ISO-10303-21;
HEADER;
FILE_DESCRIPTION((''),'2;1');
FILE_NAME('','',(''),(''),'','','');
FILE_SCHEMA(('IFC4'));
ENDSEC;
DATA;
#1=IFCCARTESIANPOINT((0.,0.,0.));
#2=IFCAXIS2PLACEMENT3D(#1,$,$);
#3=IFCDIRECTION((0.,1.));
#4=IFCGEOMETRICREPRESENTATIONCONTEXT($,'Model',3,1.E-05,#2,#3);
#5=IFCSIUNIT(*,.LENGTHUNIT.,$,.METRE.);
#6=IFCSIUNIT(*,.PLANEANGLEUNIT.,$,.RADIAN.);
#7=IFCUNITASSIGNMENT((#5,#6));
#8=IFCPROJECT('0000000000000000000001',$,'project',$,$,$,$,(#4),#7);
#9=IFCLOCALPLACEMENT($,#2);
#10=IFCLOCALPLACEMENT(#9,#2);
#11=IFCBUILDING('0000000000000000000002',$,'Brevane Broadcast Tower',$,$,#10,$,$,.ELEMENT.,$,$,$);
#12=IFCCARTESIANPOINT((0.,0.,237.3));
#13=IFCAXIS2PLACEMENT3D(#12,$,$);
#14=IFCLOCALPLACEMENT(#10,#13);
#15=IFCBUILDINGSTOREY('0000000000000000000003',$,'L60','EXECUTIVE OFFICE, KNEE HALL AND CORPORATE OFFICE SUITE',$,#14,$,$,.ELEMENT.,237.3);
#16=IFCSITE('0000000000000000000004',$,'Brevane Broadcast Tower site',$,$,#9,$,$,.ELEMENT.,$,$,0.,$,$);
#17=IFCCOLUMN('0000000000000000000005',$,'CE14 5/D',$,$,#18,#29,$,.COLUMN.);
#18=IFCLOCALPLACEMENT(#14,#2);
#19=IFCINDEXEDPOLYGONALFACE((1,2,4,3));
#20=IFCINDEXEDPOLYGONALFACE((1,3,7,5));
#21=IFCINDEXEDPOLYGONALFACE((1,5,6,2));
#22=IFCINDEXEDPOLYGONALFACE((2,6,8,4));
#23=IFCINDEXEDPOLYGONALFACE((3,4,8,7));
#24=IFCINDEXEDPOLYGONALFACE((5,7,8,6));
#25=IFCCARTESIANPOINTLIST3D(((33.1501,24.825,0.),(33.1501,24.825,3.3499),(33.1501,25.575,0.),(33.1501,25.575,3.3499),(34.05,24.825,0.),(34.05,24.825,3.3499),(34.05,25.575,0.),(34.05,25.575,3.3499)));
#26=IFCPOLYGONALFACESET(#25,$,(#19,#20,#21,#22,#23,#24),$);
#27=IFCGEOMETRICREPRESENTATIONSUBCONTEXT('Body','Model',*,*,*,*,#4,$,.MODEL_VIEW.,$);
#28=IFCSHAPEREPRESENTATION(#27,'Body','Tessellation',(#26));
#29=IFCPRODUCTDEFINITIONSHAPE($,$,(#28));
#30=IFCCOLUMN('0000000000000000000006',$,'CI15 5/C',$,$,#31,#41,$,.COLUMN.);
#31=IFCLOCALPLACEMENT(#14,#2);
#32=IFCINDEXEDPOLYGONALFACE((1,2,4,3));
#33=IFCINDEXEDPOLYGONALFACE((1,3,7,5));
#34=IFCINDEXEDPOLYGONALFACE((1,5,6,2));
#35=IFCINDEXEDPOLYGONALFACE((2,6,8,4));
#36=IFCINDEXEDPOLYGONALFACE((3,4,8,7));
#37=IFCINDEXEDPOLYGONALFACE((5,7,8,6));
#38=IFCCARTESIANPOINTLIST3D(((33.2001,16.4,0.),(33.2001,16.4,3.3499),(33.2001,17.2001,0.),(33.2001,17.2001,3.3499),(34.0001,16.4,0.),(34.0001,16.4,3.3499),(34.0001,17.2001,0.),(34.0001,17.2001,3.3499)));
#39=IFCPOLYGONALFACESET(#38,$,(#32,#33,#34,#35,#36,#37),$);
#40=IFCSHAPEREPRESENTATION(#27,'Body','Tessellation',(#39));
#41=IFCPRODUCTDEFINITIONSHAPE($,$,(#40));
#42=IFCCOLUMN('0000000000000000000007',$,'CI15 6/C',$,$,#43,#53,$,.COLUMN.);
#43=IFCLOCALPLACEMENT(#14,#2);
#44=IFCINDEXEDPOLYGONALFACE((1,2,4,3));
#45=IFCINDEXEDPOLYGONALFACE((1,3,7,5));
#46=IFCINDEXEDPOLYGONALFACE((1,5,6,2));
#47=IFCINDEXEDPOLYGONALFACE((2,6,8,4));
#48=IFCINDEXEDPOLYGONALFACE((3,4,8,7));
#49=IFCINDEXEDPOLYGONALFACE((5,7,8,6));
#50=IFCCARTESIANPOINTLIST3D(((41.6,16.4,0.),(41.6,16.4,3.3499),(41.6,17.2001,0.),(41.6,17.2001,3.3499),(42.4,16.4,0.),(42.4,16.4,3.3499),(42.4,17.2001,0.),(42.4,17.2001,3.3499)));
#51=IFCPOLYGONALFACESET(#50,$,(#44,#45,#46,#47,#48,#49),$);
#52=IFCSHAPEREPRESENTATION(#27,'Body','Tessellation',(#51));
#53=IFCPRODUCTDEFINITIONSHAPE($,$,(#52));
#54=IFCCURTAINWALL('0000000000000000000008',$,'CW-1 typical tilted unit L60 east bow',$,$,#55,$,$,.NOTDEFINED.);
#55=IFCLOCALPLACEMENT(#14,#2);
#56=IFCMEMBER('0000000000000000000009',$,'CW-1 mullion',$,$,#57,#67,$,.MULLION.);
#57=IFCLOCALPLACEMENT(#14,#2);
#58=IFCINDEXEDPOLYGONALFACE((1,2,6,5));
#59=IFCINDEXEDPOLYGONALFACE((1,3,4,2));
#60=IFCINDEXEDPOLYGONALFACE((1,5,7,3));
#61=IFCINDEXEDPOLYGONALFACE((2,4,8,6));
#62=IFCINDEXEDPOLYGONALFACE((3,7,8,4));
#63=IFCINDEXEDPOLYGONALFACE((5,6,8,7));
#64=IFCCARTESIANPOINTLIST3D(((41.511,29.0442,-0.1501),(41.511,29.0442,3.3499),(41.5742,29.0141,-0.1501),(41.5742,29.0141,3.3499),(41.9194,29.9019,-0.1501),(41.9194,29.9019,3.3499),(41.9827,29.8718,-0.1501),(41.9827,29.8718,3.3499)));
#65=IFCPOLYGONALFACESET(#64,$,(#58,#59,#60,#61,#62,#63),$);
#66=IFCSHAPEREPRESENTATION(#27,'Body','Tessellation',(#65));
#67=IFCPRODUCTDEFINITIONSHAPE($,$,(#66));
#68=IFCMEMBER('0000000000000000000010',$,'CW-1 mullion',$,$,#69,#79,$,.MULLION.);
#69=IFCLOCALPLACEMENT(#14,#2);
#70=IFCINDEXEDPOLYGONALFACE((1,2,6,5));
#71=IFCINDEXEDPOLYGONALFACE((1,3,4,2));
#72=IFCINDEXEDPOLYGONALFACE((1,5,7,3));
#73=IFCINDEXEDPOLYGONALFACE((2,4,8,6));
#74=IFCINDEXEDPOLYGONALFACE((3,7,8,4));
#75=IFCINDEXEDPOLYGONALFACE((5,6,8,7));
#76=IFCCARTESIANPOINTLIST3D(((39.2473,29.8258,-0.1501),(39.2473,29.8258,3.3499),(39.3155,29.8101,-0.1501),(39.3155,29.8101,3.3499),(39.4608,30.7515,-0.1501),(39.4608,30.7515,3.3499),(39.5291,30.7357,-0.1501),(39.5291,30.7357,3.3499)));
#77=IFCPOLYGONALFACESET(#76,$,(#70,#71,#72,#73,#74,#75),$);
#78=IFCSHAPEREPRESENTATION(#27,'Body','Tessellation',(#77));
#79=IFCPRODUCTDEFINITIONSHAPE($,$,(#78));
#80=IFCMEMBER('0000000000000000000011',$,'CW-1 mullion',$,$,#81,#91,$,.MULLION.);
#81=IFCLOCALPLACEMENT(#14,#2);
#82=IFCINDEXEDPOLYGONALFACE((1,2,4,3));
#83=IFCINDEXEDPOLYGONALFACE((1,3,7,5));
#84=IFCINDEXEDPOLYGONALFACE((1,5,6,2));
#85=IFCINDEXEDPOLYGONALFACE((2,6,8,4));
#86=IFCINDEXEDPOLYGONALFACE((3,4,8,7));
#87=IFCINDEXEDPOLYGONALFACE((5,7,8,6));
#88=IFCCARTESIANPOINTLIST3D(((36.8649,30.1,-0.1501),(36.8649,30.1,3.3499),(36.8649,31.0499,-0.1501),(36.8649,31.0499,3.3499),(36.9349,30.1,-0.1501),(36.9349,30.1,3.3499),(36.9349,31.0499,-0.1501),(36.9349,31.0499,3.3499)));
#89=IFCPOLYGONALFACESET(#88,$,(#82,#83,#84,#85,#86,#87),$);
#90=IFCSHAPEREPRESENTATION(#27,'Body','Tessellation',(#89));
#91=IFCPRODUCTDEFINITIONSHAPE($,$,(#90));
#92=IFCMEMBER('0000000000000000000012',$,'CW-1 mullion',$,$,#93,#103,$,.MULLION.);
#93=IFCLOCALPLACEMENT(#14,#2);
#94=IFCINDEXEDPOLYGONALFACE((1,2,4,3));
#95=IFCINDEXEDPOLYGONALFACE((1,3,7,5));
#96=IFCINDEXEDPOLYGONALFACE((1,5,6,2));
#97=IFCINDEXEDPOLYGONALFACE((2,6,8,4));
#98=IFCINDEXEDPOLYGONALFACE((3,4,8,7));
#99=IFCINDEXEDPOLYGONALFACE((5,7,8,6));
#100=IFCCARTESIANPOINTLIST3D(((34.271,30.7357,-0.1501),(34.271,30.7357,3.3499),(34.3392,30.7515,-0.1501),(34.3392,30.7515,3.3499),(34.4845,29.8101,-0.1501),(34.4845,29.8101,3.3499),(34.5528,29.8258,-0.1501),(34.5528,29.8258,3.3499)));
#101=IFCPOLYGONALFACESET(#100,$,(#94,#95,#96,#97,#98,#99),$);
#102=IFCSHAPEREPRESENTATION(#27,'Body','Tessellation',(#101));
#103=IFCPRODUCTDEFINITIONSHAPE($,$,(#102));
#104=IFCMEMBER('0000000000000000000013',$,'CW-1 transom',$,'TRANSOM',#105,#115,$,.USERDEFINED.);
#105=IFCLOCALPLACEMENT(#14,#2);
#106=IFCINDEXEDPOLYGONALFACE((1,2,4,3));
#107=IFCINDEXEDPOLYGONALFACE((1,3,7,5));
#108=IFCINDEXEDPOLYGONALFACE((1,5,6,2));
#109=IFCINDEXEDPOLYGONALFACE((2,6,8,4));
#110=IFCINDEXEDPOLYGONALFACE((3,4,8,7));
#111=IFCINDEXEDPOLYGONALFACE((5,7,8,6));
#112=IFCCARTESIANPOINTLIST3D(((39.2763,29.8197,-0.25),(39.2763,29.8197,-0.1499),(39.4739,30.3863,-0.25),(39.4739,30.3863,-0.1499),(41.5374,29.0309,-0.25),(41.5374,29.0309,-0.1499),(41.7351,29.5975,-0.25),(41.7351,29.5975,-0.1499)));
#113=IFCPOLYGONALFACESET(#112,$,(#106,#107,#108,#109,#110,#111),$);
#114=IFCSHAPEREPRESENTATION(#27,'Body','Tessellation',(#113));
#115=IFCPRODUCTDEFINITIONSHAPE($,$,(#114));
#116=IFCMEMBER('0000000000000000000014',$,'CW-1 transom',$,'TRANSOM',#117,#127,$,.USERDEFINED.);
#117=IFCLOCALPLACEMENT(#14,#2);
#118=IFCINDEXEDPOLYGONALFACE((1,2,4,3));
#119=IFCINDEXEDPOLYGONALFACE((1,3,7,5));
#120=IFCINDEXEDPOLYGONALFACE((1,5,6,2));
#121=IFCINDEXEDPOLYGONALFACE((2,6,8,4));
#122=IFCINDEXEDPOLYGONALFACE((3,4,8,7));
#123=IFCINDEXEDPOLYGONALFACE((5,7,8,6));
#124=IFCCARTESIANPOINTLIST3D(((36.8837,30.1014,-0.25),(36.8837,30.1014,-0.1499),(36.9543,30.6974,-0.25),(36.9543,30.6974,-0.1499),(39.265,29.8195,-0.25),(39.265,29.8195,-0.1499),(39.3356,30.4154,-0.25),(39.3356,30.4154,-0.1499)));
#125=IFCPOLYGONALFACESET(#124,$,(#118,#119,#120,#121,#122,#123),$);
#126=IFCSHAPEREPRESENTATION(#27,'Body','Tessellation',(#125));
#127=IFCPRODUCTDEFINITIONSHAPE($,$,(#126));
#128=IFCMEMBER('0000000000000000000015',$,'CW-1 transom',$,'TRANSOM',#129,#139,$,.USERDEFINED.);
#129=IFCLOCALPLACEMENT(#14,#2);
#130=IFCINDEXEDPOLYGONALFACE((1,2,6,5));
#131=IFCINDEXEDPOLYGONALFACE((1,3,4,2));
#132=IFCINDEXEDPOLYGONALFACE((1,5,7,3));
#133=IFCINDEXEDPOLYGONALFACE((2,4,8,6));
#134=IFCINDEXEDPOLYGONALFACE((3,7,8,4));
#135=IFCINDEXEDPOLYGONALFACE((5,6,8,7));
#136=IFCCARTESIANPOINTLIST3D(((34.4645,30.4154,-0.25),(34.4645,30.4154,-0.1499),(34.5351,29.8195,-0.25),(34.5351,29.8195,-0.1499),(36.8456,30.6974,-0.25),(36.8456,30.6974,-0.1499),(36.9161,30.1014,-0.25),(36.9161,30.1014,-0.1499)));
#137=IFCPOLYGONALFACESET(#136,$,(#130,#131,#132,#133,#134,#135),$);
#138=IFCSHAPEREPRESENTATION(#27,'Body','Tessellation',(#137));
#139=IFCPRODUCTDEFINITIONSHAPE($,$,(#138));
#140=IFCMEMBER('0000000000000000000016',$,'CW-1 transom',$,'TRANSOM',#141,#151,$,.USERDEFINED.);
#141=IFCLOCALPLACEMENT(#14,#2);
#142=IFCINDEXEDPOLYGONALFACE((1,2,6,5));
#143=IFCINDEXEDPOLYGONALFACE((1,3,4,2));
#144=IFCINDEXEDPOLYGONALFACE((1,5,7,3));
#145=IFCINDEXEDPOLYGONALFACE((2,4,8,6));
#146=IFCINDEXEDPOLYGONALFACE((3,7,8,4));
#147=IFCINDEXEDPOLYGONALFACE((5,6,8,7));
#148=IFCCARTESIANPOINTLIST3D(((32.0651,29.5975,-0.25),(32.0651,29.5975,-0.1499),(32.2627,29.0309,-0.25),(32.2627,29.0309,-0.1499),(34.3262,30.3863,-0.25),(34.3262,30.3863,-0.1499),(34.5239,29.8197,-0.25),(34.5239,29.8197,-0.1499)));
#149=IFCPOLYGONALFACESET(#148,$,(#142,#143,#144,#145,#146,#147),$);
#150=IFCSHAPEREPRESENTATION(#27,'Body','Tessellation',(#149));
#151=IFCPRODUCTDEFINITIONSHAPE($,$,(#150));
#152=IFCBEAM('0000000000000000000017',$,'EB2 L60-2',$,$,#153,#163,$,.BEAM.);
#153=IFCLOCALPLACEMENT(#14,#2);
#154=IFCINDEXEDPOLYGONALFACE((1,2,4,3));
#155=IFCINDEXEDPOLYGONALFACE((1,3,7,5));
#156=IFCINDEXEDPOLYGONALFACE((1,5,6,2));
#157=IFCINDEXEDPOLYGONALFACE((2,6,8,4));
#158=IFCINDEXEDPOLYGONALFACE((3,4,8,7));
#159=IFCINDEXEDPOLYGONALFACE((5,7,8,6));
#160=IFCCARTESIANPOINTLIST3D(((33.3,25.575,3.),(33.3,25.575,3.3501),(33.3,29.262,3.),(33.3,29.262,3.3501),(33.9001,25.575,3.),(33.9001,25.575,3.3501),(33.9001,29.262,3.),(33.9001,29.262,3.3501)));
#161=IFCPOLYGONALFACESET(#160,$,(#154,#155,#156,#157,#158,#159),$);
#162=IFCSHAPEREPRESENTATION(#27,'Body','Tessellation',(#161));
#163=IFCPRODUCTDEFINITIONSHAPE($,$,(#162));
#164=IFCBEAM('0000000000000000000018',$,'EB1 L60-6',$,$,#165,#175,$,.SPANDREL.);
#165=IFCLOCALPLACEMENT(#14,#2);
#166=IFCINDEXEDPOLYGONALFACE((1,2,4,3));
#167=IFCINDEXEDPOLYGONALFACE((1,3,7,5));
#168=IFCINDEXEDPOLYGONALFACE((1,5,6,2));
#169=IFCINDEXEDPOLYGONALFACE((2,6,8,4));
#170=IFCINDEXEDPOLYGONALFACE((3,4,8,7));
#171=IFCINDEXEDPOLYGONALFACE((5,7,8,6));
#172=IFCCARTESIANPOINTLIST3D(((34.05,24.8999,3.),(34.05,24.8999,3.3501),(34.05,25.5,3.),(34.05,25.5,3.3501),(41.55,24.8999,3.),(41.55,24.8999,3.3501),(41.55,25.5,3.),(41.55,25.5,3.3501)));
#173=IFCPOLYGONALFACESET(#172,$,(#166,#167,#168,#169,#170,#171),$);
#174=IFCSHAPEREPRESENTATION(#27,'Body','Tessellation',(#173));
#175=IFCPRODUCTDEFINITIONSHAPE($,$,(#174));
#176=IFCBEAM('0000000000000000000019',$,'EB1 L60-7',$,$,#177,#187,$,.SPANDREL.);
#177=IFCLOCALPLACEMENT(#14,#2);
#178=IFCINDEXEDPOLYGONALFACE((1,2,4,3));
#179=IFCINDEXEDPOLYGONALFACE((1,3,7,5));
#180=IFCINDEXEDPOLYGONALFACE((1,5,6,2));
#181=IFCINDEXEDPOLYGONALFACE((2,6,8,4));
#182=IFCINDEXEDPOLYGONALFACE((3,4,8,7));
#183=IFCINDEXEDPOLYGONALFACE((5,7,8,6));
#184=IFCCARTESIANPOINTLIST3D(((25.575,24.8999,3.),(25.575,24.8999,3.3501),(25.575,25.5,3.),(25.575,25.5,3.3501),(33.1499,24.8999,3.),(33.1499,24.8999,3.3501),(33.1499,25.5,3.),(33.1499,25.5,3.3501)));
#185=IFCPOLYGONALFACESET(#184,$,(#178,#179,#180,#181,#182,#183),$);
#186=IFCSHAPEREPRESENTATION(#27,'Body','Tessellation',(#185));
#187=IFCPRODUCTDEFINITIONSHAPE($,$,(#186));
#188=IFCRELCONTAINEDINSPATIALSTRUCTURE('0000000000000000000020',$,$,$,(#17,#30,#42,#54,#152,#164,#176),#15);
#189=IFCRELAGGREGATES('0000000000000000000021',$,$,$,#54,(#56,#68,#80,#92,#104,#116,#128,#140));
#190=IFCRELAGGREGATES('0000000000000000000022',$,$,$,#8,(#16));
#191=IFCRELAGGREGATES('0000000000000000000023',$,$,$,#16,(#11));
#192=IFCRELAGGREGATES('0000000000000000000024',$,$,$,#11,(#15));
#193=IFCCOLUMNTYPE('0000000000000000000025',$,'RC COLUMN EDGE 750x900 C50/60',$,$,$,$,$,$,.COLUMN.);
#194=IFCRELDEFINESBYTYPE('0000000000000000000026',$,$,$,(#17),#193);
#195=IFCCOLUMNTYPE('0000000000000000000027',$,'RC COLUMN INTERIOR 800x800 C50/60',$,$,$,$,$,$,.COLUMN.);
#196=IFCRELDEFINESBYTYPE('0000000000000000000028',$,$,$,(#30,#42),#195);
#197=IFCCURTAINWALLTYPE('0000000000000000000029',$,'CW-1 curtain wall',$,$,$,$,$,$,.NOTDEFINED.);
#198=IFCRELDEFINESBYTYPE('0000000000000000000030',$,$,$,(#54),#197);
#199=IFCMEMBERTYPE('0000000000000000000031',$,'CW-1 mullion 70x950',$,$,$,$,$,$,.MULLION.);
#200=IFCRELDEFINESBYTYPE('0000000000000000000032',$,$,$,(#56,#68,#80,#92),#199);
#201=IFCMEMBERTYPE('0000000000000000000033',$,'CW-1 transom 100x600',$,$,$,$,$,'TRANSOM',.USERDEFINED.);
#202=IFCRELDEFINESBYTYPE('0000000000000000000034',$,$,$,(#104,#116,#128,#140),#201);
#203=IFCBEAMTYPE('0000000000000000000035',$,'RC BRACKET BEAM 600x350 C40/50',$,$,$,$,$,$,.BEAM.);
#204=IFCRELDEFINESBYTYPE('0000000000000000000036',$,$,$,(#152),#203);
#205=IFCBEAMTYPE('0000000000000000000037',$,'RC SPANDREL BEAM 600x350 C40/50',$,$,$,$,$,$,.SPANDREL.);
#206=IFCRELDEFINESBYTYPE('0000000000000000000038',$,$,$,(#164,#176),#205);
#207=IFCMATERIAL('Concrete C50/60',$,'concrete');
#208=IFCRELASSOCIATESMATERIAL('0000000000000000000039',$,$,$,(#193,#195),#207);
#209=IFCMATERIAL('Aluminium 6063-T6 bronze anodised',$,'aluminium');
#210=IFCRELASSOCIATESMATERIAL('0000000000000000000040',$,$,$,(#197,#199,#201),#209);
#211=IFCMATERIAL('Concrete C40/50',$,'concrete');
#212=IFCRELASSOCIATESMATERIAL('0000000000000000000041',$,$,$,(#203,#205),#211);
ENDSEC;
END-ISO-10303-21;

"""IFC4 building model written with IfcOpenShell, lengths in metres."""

from ifc_helpers import new_model, si_unit, direction, frame, origin, origin_2d, place, context, subcontext, project, spatial, rectangle, extrude, material, material_profile, profile_set, type_object, element, aggregate, save


model = new_model("IFC4")

# Units and contexts
model_context = context("Model", 3, precision=1e-05, world=origin(), true_north=direction((0.0, 1.0)))
body_context = subcontext(model_context, "Body", "Model", "MODEL_VIEW")
ifc_project = project(units=[si_unit("LENGTHUNIT", "METRE"), si_unit("PLANEANGLEUNIT", "RADIAN")], contexts=[model_context])

# Site, building, storey
site_placement = place(None, origin())
site = spatial("IfcSite", under=ifc_project, at=site_placement, Name="Brevane Broadcast Tower site", CompositionType="ELEMENT", RefElevation=0.0)
building_placement = place(site_placement, origin())
building = spatial("IfcBuilding", under=site, at=building_placement, Name="Brevane Broadcast Tower", CompositionType="ELEMENT")
storey_placement = place(building_placement, frame((0.0, 0.0, 237.3)))
storey = spatial("IfcBuildingStorey", under=building, at=storey_placement, Name="L60", Description="EXECUTIVE OFFICE, KNEE HALL AND CORPORATE OFFICE SUITE", CompositionType="ELEMENT", Elevation=237.3)

# Columns
ifc_material_1 = material(Name="Concrete C50/60", Category="concrete")
ifc_material_profile_1 = material_profile(ifc_material_1, rectangle(XDim=0.75, YDim=0.8999, at=origin_2d()), Name="RC 750x900")
ifc_profile_set_1 = profile_set([ifc_material_profile_1], Name="Concrete C50/60")
column_type_1 = type_object("IfcColumnType", Name="RC COLUMN EDGE 750x900 C50/60", PredefinedType="COLUMN", material=ifc_profile_set_1)
column_placement = place(storey_placement, frame((33.6001, 25.2, 0.0), z_axis=(0.0, 0.0, 1.0), x_axis=(0.0, 1.0, 0.0)))
element("IfcColumn", 1, at=column_placement, inside=storey, type_object=column_type_1, Name="CE14 5/D", PredefinedType="COLUMN", context=body_context, shape_type="SweptSolid", body=[
    extrude(rectangle(XDim=0.75, YDim=0.8999, at=origin_2d()), origin(), (0.0, 0.0, 1.0), 3.3499),
])
ifc_material_profile_2 = material_profile(ifc_material_1, rectangle(XDim=0.8, YDim=0.8, at=origin_2d()), Name="RC 800x800")
ifc_profile_set_2 = profile_set([ifc_material_profile_2], Name="Concrete C50/60")
column_type_2 = type_object("IfcColumnType", Name="RC COLUMN INTERIOR 800x800 C50/60", PredefinedType="COLUMN", material=ifc_profile_set_2)
for number, where, z_axis, x_axis, name in (
    (2, (33.6001, 16.8, 0.0), (0.0, 0.0, 1.0), (1.0, 0.0, 0.0), "CI15 5/C"),
    (3, (42.0, 16.8, 0.0), (0.0, 0.0, 1.0), (1.0, 0.0, 0.0), "CI15 6/C"),
):
    element("IfcColumn", number, at=place(storey_placement, frame(where, z_axis=z_axis, x_axis=x_axis)), inside=storey, type_object=column_type_2, Name=name, PredefinedType="COLUMN", context=body_context, shape_type="SweptSolid", body=[
        extrude(rectangle(XDim=0.8, YDim=0.8, at=origin_2d()), origin(), (0.0, 0.0, 1.0), 3.3499),
    ])

# Curtain wall, members
ifc_material_2 = material(Name="Aluminium 6063-T6 bronze anodised", Category="aluminium")
curtain_wall_type = type_object("IfcCurtainWallType", Name="CW-1 curtain wall", PredefinedType="NOTDEFINED", material=ifc_material_2)
curtain_wall_placement = place(storey_placement, origin())
curtain_wall = element("IfcCurtainWall", 4, at=curtain_wall_placement, inside=storey, type_object=curtain_wall_type, Name="CW-1 typical tilted unit L60 east bow", PredefinedType="NOTDEFINED")
ifc_material_profile_3 = material_profile(ifc_material_2, rectangle(XDim=0.95, YDim=0.0701, at=origin_2d()), Name="RECT 70x950")
ifc_profile_set_3 = profile_set([ifc_material_profile_3], Name="Aluminium 6063-T6 bronze anodised")
member_type_1 = type_object("IfcMemberType", Name="CW-1 mullion 70x950", PredefinedType="MULLION", material=ifc_profile_set_3)
member_1_placement = place(storey_placement, frame((41.7468, 29.458, -0.1501), z_axis=(0.0, 0.0, 1.0), x_axis=(-0.429934, -0.902861, 0.0)))
member_1 = element("IfcMember", 5, at=member_1_placement, type_object=member_type_1, Name="CW-1 mullion", PredefinedType="MULLION", context=body_context, shape_type="SweptSolid", body=[
    extrude(rectangle(XDim=0.95, YDim=0.0701, at=origin_2d()), origin(), (0.0, 0.0, 1.0), 3.5),
])
member_2_placement = place(storey_placement, frame((39.3882, 30.2808, -0.1501), z_axis=(0.0, 0.0, 1.0), x_axis=(-0.224807, -0.974403, 0.0)))
member_2 = element("IfcMember", 6, at=member_2_placement, type_object=member_type_1, Name="CW-1 mullion", PredefinedType="MULLION", context=body_context, shape_type="SweptSolid", body=[
    extrude(rectangle(XDim=0.95, YDim=0.0701, at=origin_2d()), origin(), (0.0, 0.0, 1.0), 3.5),
])
member_3_placement = place(storey_placement, frame((36.8999, 30.575, -0.1501), z_axis=(0.0, 0.0, 1.0), x_axis=(0.0, -1.0, 0.0)))
member_3 = element("IfcMember", 7, at=member_3_placement, type_object=member_type_1, Name="CW-1 mullion", PredefinedType="MULLION", context=body_context, shape_type="SweptSolid", body=[
    extrude(rectangle(XDim=0.95, YDim=0.0701, at=origin_2d()), origin(), (0.0, 0.0, 1.0), 3.5),
])
member_4_placement = place(storey_placement, frame((34.4119, 30.2808, -0.1501), z_axis=(0.0, 0.0, 1.0), x_axis=(0.224807, -0.974403, 0.0)))
member_4 = element("IfcMember", 8, at=member_4_placement, type_object=member_type_1, Name="CW-1 mullion", PredefinedType="MULLION", context=body_context, shape_type="SweptSolid", body=[
    extrude(rectangle(XDim=0.95, YDim=0.0701, at=origin_2d()), origin(), (0.0, 0.0, 1.0), 3.5),
])
ifc_material_profile_4 = material_profile(ifc_material_2, rectangle(XDim=0.6001, YDim=0.1001, at=origin_2d()), Name="RECT 100x600")
ifc_profile_set_4 = profile_set([ifc_material_profile_4], Name="Aluminium 6063-T6 bronze anodised")
member_type_2 = type_object("IfcMemberType", Name="CW-1 transom 100x600", ElementType="TRANSOM", PredefinedType="USERDEFINED", material=ifc_profile_set_4)
member_5_placement = place(storey_placement, frame((41.6362, 29.3142, -0.2), z_axis=(-0.944198, 0.329378, 0.0), x_axis=(-0.329378, -0.944198, 0.0)))
member_5 = element("IfcMember", 9, at=member_5_placement, type_object=member_type_2, Name="CW-1 transom", ObjectType="TRANSOM", PredefinedType="USERDEFINED", context=body_context, shape_type="SweptSolid", body=[
    extrude(rectangle(XDim=0.6001, YDim=0.1001, at=origin_2d()), origin(), (0.0, 0.0, 1.0), 2.3948),
])
member_6_placement = place(storey_placement, frame((39.3003, 30.1174, -0.2), z_axis=(-0.993062, 0.117591, 0.0), x_axis=(-0.117591, -0.993062, 0.0)))
member_6 = element("IfcMember", 10, at=member_6_placement, type_object=member_type_2, Name="CW-1 transom", ObjectType="TRANSOM", PredefinedType="USERDEFINED", context=body_context, shape_type="SweptSolid", body=[
    extrude(rectangle(XDim=0.6001, YDim=0.1001, at=origin_2d()), origin(), (0.0, 0.0, 1.0), 2.3979),
])
member_7_placement = place(storey_placement, frame((36.8809, 30.3994, -0.2), z_axis=(-0.993061, -0.117603, 0.0), x_axis=(0.117603, -0.993061, 0.0)))
member_7 = element("IfcMember", 11, at=member_7_placement, type_object=member_type_2, Name="CW-1 transom", ObjectType="TRANSOM", PredefinedType="USERDEFINED", context=body_context, shape_type="SweptSolid", body=[
    extrude(rectangle(XDim=0.6001, YDim=0.1001, at=origin_2d()), origin(), (0.0, 0.0, 1.0), 2.3977),
])
member_8_placement = place(storey_placement, frame((34.425, 30.103, -0.2), z_axis=(-0.944198, -0.329378, 0.0), x_axis=(0.329378, -0.944198, 0.0)))
member_8 = element("IfcMember", 12, at=member_8_placement, type_object=member_type_2, Name="CW-1 transom", ObjectType="TRANSOM", PredefinedType="USERDEFINED", context=body_context, shape_type="SweptSolid", body=[
    extrude(rectangle(XDim=0.6001, YDim=0.1001, at=origin_2d()), origin(), (0.0, 0.0, 1.0), 2.3948),
])
aggregate(curtain_wall, [member_1, member_2, member_3, member_4, member_5, member_6, member_7, member_8])

# Beams
ifc_material_3 = material(Name="Concrete C40/50", Category="concrete")
ifc_material_profile_5 = material_profile(ifc_material_3, rectangle(XDim=0.6001, YDim=0.3501, at=origin_2d()), Name="RC 600x350")
ifc_profile_set_5 = profile_set([ifc_material_profile_5], Name="Concrete C40/50")
beam_type_1 = type_object("IfcBeamType", Name="RC BRACKET BEAM 600x350 C40/50", PredefinedType="BEAM", material=ifc_profile_set_5)
beam_1_placement = place(storey_placement, frame((33.6001, 25.575, 3.175), z_axis=(0.0, 1.0, 0.0), x_axis=(-1.0, 0.0, 0.0)))
element("IfcBeam", 13, at=beam_1_placement, inside=storey, type_object=beam_type_1, Name="EB2 L60-2", PredefinedType="BEAM", context=body_context, shape_type="SweptSolid", body=[
    extrude(rectangle(XDim=0.6001, YDim=0.3501, at=origin_2d()), origin(), (0.0, 0.0, 1.0), 3.687),
])
ifc_material_profile_6 = material_profile(ifc_material_3, rectangle(XDim=0.6001, YDim=0.3501, at=origin_2d()), Name="RC 600x350")
ifc_profile_set_6 = profile_set([ifc_material_profile_6], Name="Concrete C40/50")
beam_type_2 = type_object("IfcBeamType", Name="RC SPANDREL BEAM 600x350 C40/50", PredefinedType="SPANDREL", material=ifc_profile_set_6)
beam_2_placement = place(storey_placement, frame((41.55, 25.2, 3.175), z_axis=(-1.0, 0.0, 0.0), x_axis=(0.0, -1.0, 0.0)))
element("IfcBeam", 14, at=beam_2_placement, inside=storey, type_object=beam_type_2, Name="EB1 L60-6", PredefinedType="SPANDREL", context=body_context, shape_type="SweptSolid", body=[
    extrude(rectangle(XDim=0.6001, YDim=0.3501, at=origin_2d()), origin(), (0.0, 0.0, 1.0), 7.5),
])
beam_3_placement = place(storey_placement, frame((33.1499, 25.2, 3.175), z_axis=(-1.0, 0.0, 0.0), x_axis=(0.0, -1.0, 0.0)))
element("IfcBeam", 15, at=beam_3_placement, inside=storey, type_object=beam_type_2, Name="EB1 L60-7", PredefinedType="SPANDREL", context=body_context, shape_type="SweptSolid", body=[
    extrude(rectangle(XDim=0.6001, YDim=0.3501, at=origin_2d()), origin(), (0.0, 0.0, 1.0), 7.575),
])

save(model, "model.ifc")
